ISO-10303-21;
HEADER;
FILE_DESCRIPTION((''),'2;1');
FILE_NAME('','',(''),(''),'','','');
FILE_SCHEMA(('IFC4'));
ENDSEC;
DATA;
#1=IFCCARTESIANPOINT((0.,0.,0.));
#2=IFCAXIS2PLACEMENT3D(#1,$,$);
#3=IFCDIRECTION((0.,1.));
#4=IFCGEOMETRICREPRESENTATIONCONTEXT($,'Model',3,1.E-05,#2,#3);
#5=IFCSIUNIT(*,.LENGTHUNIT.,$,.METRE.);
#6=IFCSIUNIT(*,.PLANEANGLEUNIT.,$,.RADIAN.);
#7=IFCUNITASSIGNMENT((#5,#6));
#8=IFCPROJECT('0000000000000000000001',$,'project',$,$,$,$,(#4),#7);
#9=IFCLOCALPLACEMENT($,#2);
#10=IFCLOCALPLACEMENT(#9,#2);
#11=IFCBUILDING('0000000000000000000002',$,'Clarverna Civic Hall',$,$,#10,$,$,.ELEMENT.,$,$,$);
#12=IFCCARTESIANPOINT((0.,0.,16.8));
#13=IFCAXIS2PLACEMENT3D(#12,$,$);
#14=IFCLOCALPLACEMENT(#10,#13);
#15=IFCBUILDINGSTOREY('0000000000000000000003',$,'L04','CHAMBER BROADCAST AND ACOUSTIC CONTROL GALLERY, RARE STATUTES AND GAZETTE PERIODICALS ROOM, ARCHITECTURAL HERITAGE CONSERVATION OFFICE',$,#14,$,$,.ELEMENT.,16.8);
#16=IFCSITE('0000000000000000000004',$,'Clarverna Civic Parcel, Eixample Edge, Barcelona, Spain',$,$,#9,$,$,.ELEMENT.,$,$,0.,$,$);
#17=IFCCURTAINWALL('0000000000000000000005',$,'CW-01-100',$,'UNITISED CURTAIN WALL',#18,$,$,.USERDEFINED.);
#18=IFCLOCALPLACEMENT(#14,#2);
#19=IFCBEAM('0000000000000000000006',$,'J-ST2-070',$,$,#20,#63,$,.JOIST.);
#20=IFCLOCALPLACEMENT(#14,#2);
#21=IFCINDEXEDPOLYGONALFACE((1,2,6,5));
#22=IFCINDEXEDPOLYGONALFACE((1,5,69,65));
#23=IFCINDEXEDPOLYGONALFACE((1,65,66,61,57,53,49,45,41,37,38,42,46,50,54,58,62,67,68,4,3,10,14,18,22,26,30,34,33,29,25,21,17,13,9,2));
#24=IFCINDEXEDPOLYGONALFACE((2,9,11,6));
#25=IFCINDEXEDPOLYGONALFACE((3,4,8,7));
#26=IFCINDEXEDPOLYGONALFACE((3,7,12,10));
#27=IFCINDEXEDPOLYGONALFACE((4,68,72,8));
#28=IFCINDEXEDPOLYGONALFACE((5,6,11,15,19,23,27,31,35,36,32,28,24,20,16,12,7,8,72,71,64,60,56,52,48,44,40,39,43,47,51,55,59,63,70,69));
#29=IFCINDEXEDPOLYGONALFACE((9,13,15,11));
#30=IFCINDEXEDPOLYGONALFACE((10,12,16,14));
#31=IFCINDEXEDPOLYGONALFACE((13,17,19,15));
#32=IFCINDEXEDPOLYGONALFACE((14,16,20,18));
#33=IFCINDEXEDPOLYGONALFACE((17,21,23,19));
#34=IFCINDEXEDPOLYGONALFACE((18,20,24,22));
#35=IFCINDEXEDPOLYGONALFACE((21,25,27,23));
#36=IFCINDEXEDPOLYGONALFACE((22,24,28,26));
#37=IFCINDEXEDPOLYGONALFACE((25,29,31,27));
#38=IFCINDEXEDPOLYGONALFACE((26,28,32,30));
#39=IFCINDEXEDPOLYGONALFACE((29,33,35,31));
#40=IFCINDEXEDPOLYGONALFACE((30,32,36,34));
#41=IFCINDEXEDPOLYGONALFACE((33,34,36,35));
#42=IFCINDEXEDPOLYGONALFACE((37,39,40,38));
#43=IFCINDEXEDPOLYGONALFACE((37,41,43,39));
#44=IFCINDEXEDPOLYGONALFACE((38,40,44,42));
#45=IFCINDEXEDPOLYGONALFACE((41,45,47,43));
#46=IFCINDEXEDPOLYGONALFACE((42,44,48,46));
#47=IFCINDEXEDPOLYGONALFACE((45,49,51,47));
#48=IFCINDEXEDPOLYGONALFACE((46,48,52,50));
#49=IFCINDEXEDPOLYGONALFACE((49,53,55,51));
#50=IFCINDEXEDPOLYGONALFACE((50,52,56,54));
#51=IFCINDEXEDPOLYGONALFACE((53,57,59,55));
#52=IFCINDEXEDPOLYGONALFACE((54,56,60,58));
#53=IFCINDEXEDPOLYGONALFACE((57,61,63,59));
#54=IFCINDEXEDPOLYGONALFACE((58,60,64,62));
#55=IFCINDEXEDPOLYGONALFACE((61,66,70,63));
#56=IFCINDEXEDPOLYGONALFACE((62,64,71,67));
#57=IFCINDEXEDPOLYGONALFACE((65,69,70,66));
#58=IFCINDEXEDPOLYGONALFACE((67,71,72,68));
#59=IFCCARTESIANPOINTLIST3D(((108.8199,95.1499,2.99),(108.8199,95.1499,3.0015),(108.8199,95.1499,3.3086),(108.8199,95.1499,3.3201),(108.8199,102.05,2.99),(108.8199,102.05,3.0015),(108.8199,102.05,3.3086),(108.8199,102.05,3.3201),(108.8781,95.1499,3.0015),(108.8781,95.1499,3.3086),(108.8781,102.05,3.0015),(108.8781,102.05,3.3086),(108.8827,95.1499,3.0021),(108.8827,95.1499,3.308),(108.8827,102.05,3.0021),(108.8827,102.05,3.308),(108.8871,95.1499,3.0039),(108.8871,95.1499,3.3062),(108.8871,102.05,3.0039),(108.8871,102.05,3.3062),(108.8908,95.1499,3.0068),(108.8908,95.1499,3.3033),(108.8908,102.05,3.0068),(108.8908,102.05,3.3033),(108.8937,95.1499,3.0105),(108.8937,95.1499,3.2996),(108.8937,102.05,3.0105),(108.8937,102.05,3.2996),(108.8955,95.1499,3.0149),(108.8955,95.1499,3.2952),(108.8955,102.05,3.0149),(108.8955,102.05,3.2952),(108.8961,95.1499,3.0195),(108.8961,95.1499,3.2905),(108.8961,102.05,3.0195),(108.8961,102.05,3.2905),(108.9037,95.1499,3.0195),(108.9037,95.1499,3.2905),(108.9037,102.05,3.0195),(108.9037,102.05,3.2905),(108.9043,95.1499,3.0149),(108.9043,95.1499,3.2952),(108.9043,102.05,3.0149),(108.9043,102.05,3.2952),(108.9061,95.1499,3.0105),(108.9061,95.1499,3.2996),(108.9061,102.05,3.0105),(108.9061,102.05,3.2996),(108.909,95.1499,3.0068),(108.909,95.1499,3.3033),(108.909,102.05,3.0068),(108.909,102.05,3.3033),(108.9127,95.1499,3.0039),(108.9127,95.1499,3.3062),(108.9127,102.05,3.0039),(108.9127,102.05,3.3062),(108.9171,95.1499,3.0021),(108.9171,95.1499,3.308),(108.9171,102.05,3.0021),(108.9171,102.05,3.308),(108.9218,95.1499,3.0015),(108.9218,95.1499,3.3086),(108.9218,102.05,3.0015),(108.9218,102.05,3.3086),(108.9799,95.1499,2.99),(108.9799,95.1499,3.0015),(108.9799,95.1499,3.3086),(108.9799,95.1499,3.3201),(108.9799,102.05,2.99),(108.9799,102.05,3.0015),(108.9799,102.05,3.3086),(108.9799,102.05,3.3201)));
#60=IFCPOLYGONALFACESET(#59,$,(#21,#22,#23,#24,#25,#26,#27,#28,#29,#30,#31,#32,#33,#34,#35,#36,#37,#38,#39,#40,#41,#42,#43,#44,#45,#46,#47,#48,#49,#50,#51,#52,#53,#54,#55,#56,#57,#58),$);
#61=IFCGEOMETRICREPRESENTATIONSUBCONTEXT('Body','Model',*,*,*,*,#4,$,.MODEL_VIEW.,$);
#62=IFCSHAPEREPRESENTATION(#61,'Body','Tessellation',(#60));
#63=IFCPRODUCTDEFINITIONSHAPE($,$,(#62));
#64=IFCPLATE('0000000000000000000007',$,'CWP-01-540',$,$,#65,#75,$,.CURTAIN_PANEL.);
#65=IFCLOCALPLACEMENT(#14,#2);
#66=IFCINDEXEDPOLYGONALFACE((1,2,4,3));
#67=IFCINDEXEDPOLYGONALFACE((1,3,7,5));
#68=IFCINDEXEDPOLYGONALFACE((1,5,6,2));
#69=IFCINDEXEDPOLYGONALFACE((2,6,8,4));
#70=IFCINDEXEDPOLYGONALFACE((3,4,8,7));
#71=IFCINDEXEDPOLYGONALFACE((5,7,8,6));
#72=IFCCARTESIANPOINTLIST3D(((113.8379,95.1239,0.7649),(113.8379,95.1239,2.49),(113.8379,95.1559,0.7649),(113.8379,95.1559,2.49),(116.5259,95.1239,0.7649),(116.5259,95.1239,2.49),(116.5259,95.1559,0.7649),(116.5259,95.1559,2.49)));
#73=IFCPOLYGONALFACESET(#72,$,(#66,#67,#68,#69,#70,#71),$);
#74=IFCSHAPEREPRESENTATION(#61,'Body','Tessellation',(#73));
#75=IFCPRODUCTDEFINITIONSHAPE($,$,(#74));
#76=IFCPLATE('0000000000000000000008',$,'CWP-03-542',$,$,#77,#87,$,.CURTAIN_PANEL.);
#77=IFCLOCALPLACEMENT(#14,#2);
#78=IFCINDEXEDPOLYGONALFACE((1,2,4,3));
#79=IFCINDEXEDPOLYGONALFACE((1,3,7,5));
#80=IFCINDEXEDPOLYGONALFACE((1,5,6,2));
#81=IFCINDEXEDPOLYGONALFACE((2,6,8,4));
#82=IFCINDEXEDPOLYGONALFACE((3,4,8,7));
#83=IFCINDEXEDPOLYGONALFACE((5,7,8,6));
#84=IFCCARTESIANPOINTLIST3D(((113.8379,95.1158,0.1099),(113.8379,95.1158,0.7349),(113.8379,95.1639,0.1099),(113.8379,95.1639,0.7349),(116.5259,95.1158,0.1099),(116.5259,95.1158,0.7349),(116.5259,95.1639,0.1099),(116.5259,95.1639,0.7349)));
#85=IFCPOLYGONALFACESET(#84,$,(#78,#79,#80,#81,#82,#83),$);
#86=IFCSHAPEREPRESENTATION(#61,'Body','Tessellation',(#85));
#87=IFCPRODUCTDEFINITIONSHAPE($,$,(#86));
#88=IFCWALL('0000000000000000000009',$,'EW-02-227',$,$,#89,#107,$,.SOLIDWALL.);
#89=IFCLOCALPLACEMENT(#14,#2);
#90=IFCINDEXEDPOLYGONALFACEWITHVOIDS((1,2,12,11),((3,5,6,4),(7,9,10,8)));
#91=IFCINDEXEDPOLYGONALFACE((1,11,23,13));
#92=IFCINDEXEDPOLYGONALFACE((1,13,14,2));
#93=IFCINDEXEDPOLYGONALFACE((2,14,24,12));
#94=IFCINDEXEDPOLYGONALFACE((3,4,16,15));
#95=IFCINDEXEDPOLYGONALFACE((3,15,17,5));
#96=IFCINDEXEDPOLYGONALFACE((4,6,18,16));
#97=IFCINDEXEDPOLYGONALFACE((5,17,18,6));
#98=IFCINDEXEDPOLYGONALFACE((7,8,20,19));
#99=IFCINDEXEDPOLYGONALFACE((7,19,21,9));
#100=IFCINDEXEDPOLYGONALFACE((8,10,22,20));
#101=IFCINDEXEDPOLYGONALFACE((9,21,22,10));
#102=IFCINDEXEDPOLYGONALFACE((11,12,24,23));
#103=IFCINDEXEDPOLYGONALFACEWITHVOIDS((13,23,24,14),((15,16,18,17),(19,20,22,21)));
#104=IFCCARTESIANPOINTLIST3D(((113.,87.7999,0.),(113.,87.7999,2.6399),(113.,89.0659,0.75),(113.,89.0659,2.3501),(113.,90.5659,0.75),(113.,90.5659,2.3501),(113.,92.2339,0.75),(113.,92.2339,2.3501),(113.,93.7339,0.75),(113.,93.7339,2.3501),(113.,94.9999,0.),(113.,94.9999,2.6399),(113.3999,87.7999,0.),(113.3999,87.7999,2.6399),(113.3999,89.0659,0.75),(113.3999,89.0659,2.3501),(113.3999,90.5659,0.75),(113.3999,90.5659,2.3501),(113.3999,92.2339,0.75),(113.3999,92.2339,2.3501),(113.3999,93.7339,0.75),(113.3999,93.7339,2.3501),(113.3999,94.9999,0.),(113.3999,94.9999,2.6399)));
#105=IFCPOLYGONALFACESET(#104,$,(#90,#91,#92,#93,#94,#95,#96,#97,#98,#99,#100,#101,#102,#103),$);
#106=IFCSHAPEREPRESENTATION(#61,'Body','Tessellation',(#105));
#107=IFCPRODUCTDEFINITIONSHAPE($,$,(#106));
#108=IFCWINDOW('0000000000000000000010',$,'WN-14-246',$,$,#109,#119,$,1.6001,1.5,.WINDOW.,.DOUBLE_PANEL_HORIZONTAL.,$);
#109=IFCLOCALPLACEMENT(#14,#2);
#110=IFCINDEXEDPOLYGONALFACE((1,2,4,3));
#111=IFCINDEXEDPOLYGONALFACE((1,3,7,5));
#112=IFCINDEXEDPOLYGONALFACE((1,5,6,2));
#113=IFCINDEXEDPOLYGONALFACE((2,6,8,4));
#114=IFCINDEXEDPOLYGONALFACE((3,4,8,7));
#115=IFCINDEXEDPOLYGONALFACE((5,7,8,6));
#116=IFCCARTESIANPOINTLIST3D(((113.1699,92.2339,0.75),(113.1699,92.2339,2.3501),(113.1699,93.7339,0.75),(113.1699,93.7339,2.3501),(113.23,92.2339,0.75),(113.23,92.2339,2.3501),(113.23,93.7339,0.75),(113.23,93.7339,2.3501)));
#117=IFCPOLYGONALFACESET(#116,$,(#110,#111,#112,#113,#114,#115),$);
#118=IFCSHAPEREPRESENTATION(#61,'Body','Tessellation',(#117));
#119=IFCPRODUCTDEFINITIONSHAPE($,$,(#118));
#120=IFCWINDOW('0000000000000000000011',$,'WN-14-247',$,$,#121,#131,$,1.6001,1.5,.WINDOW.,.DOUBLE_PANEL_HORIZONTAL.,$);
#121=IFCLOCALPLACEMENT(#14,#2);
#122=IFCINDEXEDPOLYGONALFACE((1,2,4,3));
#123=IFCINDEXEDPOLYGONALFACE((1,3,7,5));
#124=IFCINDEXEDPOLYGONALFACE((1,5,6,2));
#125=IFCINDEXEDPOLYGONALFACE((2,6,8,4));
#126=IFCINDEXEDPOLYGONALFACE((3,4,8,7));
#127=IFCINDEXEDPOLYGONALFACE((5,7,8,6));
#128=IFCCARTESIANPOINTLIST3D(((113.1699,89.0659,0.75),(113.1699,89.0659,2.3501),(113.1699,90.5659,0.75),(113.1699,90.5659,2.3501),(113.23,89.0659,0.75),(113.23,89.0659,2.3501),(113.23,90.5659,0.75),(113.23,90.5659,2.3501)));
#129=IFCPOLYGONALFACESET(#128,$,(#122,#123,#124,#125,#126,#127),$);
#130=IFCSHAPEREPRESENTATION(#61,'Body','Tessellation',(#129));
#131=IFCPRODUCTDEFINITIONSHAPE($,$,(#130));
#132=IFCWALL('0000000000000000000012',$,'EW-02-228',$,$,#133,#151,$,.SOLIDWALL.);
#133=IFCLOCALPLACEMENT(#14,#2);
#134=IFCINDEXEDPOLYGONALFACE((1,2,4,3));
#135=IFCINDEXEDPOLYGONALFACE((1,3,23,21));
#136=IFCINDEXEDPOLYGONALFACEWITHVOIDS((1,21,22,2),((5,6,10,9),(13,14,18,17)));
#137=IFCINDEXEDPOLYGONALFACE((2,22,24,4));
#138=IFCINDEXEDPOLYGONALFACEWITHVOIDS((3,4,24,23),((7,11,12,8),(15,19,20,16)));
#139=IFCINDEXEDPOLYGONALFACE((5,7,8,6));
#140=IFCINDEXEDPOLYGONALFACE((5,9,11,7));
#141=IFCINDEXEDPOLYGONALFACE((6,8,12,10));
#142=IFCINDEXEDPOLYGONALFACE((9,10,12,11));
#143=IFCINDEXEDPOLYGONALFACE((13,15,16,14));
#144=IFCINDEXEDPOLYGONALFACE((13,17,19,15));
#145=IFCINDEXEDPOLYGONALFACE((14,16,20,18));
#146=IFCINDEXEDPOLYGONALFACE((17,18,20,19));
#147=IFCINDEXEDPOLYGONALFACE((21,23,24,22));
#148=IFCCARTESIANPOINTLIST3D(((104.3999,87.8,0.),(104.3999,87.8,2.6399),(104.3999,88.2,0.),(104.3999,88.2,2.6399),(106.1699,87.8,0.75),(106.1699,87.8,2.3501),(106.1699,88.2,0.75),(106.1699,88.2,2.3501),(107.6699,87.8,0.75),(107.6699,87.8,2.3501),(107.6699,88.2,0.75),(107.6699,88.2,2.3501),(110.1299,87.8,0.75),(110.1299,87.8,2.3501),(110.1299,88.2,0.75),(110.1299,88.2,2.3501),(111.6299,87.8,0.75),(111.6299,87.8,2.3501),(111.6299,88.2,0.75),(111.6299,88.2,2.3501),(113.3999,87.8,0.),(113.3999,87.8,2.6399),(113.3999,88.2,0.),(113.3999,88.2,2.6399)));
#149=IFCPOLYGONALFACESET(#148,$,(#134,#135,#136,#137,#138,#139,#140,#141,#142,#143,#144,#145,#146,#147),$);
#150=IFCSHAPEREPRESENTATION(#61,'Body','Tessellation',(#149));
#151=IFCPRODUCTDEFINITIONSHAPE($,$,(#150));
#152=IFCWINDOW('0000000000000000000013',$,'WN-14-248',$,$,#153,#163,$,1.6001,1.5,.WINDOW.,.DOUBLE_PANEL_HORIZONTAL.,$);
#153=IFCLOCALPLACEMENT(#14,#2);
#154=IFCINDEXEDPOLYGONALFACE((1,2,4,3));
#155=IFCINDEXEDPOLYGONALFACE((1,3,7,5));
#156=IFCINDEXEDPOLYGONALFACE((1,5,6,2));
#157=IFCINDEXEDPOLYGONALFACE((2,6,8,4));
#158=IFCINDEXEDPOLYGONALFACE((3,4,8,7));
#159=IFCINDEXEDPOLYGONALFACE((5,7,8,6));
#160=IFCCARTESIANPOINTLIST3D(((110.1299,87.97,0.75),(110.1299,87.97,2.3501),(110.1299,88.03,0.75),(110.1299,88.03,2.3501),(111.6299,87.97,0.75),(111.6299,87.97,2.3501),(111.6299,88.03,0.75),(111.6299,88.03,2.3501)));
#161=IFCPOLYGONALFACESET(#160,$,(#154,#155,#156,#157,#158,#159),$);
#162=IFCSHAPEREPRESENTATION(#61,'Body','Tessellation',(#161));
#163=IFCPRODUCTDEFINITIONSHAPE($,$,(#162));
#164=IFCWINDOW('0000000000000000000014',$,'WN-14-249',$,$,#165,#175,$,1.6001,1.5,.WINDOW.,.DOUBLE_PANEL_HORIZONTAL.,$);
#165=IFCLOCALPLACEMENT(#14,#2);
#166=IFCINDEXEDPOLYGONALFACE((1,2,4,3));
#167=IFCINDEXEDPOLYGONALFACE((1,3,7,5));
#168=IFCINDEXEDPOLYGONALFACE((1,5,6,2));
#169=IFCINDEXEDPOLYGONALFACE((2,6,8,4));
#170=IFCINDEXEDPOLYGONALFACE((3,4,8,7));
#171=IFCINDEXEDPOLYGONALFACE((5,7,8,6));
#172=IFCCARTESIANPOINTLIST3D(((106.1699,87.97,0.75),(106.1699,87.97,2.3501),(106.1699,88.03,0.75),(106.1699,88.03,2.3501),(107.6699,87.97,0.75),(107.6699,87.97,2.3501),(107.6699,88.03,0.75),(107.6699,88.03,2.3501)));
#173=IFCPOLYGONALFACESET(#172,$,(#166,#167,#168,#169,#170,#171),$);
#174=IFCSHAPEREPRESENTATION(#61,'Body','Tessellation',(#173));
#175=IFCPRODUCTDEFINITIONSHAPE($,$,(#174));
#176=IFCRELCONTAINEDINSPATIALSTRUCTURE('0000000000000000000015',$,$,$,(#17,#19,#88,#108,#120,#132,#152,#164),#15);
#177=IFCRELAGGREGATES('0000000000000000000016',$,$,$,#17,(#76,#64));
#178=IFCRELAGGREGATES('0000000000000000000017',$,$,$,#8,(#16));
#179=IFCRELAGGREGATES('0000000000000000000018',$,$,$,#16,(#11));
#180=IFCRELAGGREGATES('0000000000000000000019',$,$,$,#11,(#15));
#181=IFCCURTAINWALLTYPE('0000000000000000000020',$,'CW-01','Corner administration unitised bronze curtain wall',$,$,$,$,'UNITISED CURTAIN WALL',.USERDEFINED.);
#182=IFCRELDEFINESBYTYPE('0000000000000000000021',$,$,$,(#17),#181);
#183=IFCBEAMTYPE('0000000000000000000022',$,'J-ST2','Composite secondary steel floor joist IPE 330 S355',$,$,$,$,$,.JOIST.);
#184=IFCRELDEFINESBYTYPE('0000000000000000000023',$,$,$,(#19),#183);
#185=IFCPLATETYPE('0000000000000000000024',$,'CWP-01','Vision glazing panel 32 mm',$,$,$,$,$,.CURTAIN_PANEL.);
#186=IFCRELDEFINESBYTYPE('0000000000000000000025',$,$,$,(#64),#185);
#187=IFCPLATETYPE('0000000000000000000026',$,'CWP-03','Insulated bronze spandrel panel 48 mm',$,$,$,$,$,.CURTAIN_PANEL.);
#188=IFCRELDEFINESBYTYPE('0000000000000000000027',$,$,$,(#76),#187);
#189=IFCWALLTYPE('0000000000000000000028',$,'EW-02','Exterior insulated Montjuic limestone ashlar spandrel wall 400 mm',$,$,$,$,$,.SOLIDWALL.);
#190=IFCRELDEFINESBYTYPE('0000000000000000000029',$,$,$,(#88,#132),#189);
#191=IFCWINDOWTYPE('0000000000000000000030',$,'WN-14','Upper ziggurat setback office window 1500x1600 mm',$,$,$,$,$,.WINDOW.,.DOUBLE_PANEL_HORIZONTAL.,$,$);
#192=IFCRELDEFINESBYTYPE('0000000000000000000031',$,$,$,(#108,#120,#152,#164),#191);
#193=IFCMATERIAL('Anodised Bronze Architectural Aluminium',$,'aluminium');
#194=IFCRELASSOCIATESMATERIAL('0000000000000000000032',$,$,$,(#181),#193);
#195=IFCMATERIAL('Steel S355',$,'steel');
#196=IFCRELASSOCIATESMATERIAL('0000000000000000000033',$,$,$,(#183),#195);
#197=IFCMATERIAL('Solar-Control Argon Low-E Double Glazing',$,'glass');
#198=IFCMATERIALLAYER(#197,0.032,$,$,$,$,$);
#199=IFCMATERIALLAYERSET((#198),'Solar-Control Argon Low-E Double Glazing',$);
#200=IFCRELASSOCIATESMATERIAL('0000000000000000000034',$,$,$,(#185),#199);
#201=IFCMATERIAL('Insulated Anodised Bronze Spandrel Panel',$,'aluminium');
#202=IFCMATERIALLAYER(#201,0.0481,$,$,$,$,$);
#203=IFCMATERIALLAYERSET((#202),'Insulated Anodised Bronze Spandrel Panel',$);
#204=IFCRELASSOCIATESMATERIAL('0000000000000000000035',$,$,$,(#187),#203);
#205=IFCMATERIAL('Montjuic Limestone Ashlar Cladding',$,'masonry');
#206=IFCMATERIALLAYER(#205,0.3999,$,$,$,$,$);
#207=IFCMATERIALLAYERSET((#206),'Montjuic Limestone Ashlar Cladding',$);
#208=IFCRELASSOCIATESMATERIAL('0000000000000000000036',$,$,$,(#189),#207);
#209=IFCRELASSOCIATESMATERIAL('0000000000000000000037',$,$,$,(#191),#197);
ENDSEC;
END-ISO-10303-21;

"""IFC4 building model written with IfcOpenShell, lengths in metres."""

from ifc_helpers import new_model, si_unit, direction, frame, frame_2d, origin, origin_2d, place, context, subcontext, project, spatial, rectangle, i_section, extrude, material, layer, layer_set, material_profile, profile_set, type_object, element, fill, aggregate, save


model = new_model("IFC4")

# Units and contexts
model_context = context("Model", 3, precision=1e-05, world=origin(), true_north=direction((0.0, 1.0)))
body_context = subcontext(model_context, "Body", "Model", "MODEL_VIEW")
ifc_project = project(units=[si_unit("LENGTHUNIT", "METRE"), si_unit("PLANEANGLEUNIT", "RADIAN")], contexts=[model_context])

# Site, building, storey
site_placement = place(None, origin())
site = spatial("IfcSite", under=ifc_project, at=site_placement, Name="Clarverna Civic Parcel, Eixample Edge, Barcelona, Spain", CompositionType="ELEMENT", RefElevation=0.0)
building_placement = place(site_placement, origin())
building = spatial("IfcBuilding", under=site, at=building_placement, Name="Clarverna Civic Hall", CompositionType="ELEMENT")
storey_placement = place(building_placement, frame((0.0, 0.0, 16.8)))
storey = spatial("IfcBuildingStorey", under=building, at=storey_placement, Name="L04", Description="CHAMBER BROADCAST AND ACOUSTIC CONTROL GALLERY, RARE STATUTES AND GAZETTE PERIODICALS ROOM, ARCHITECTURAL HERITAGE CONSERVATION OFFICE", CompositionType="ELEMENT", Elevation=16.8)

# Shared definitions
ifc_material_1 = material(Name="Steel S355", Category="steel")

# Curtain wall
ifc_material_2 = material(Name="Anodised Bronze Architectural Aluminium", Category="aluminium")
curtain_wall_type = type_object("IfcCurtainWallType", Name="CW-01", Description="Corner administration unitised bronze curtain wall", ElementType="UNITISED CURTAIN WALL", PredefinedType="USERDEFINED", material=ifc_material_2)
curtain_wall_placement = place(storey_placement, origin())
curtain_wall = element("IfcCurtainWall", 1, at=curtain_wall_placement, inside=storey, type_object=curtain_wall_type, Name="CW-01-100", ObjectType="UNITISED CURTAIN WALL", PredefinedType="USERDEFINED")

# Beam
ifc_material_profile_1 = material_profile(ifc_material_1, i_section(OverallWidth=0.1599, OverallDepth=0.3301, WebThickness=0.0076, FlangeThickness=0.0115, FilletRadius=0.0181, at=origin_2d()), Name="IPE 330")
ifc_profile_set_1 = profile_set([ifc_material_profile_1], Name="Steel S355")
beam_type_1 = type_object("IfcBeamType", Name="J-ST2", Description="Composite secondary steel floor joist IPE 330 S355", PredefinedType="JOIST", material=ifc_profile_set_1)
beam_1_placement = place(storey_placement, frame((108.8999, 95.1499, 3.155), z_axis=(0.0, 1.0, 0.0), x_axis=(-1.0, 0.0, 0.0)))
element("IfcBeam", 2, at=beam_1_placement, inside=storey, type_object=beam_type_1, Name="J-ST2-070", PredefinedType="JOIST", context=body_context, shape_type="SweptSolid", body=[
    extrude(i_section(OverallWidth=0.1599, OverallDepth=0.3301, WebThickness=0.0076, FlangeThickness=0.0115, FilletRadius=0.0181, at=origin_2d()), origin(), (0.0, 0.0, 1.0), 6.9001),
])

# Plates
ifc_material_3 = material(Name="Solar-Control Argon Low-E Double Glazing", Category="glass")
ifc_layer_1 = layer(ifc_material_3, 0.032)
ifc_layer_set_1 = layer_set([ifc_layer_1], Name="Solar-Control Argon Low-E Double Glazing")
plate_type_1 = type_object("IfcPlateType", Name="CWP-01", Description="Vision glazing panel 32 mm", PredefinedType="CURTAIN_PANEL", material=ifc_layer_set_1)
plate_1_placement = place(storey_placement, frame((116.5259, 95.1399, 0.7649), z_axis=(0.0, 0.0, 1.0), x_axis=(-1.0, 0.0, 0.0)))
plate_1 = element("IfcPlate", 3, at=plate_1_placement, type_object=plate_type_1, Name="CWP-01-540", PredefinedType="CURTAIN_PANEL", context=body_context, shape_type="SweptSolid", body=[
    extrude(rectangle(XDim=2.688, YDim=0.032, at=frame_2d((1.344, 0.0))), origin(), (0.0, 0.0, 1.0), 1.7251),
])
ifc_material_4 = material(Name="Insulated Anodised Bronze Spandrel Panel", Category="aluminium")
ifc_layer_2 = layer(ifc_material_4, 0.0481)
ifc_layer_set_2 = layer_set([ifc_layer_2], Name="Insulated Anodised Bronze Spandrel Panel")
plate_type_2 = type_object("IfcPlateType", Name="CWP-03", Description="Insulated bronze spandrel panel 48 mm", PredefinedType="CURTAIN_PANEL", material=ifc_layer_set_2)
plate_2_placement = place(storey_placement, frame((116.5259, 95.1399, 0.1099), z_axis=(0.0, 0.0, 1.0), x_axis=(-1.0, 0.0, 0.0)))
plate_2 = element("IfcPlate", 4, at=plate_2_placement, type_object=plate_type_2, Name="CWP-03-542", PredefinedType="CURTAIN_PANEL", context=body_context, shape_type="SweptSolid", body=[
    extrude(rectangle(XDim=2.688, YDim=0.0481, at=frame_2d((1.344, 0.0))), origin(), (0.0, 0.0, 1.0), 0.625),
])
aggregate(curtain_wall, [plate_2, plate_1])

# Walls, openings, windows
ifc_material_5 = material(Name="Montjuic Limestone Ashlar Cladding", Category="masonry")
ifc_layer_3 = layer(ifc_material_5, 0.3999)
ifc_layer_set_3 = layer_set([ifc_layer_3], Name="Montjuic Limestone Ashlar Cladding")
wall_type = type_object("IfcWallType", Name="EW-02", Description="Exterior insulated Montjuic limestone ashlar spandrel wall 400 mm", PredefinedType="SOLIDWALL", material=ifc_layer_set_3)
wall_1_placement = place(storey_placement, frame((113.2, 95.0, 0.0), z_axis=(0.0, 0.0, 1.0), x_axis=(0.0, -1.0, 0.0)))
wall_1 = element("IfcWall", 5, at=wall_1_placement, inside=storey, type_object=wall_type, Name="EW-02-227", PredefinedType="SOLIDWALL", context=body_context, shape_type="SweptSolid", body=[
    extrude(rectangle(XDim=7.2, YDim=0.3999, at=frame_2d((3.6001, 0.0))), origin(), (0.0, 0.0, 1.0), 2.6399),
])
opening_1_placement = place(wall_1_placement, frame((1.2661, 0.0, 0.75)))
opening_1 = element("IfcOpeningElement", 6, at=opening_1_placement, cuts=wall_1, PredefinedType="OPENING", context=body_context, shape_type="SweptSolid", body=[
    extrude(rectangle(XDim=1.5, YDim=1.6001, at=frame_2d((0.75, 0.8))), frame((0.0, 0.21, 0.0), z_axis=(0.0, -1.0, 0.0), x_axis=(1.0, 0.0, 0.0)), (0.0, 0.0, 1.0), 0.4199),
])
opening_2_placement = place(wall_1_placement, frame((4.4341, 0.0, 0.75)))
opening_2 = element("IfcOpeningElement", 7, at=opening_2_placement, cuts=wall_1, PredefinedType="OPENING", context=body_context, shape_type="SweptSolid", body=[
    extrude(rectangle(XDim=1.5, YDim=1.6001, at=frame_2d((0.75, 0.8))), frame((0.0, 0.21, 0.0), z_axis=(0.0, -1.0, 0.0), x_axis=(1.0, 0.0, 0.0)), (0.0, 0.0, 1.0), 0.4199),
])
window_type = type_object("IfcWindowType", Name="WN-14", Description="Upper ziggurat setback office window 1500x1600 mm", PartitioningType="DOUBLE_PANEL_HORIZONTAL", PredefinedType="WINDOW", material=ifc_material_3)
window_1_placement = place(opening_1_placement, origin())
window_1 = element("IfcWindow", 8, at=window_1_placement, inside=storey, type_object=window_type, Name="WN-14-246", OverallHeight=1.6001, OverallWidth=1.5, PartitioningType="DOUBLE_PANEL_HORIZONTAL", PredefinedType="WINDOW", context=body_context, shape_type="SweptSolid", body=[
    extrude(rectangle(XDim=1.5, YDim=1.6001, at=frame_2d((0.75, 0.8))), frame((0.0, 0.03, 0.0), z_axis=(0.0, -1.0, 0.0), x_axis=(1.0, 0.0, 0.0)), (0.0, 0.0, 1.0), 0.0601),
])
fill(opening_1, window_1)
window_2_placement = place(opening_2_placement, origin())
window_2 = element("IfcWindow", 9, at=window_2_placement, inside=storey, type_object=window_type, Name="WN-14-247", OverallHeight=1.6001, OverallWidth=1.5, PartitioningType="DOUBLE_PANEL_HORIZONTAL", PredefinedType="WINDOW", context=body_context, shape_type="SweptSolid", body=[
    extrude(rectangle(XDim=1.5, YDim=1.6001, at=frame_2d((0.75, 0.8))), frame((0.0, 0.03, 0.0), z_axis=(0.0, -1.0, 0.0), x_axis=(1.0, 0.0, 0.0)), (0.0, 0.0, 1.0), 0.0601),
])
fill(opening_2, window_2)
wall_2_placement = place(storey_placement, frame((113.3999, 88.0, 0.0), z_axis=(0.0, 0.0, 1.0), x_axis=(-1.0, 0.0, 0.0)))
wall_2 = element("IfcWall", 10, at=wall_2_placement, inside=storey, type_object=wall_type, Name="EW-02-228", PredefinedType="SOLIDWALL", context=body_context, shape_type="SweptSolid", body=[
    extrude(rectangle(XDim=9.0, YDim=0.3999, at=frame_2d((4.5, 0.0))), origin(), (0.0, 0.0, 1.0), 2.6399),
])
opening_3_placement = place(wall_2_placement, frame((1.77, 0.0, 0.75)))
opening_3 = element("IfcOpeningElement", 11, at=opening_3_placement, cuts=wall_2, PredefinedType="OPENING", context=body_context, shape_type="SweptSolid", body=[
    extrude(rectangle(XDim=1.5, YDim=1.6001, at=frame_2d((0.75, 0.8))), frame((0.0, 0.21, 0.0), z_axis=(0.0, -1.0, 0.0), x_axis=(1.0, 0.0, 0.0)), (0.0, 0.0, 1.0), 0.4199),
])
opening_4_placement = place(wall_2_placement, frame((5.73, 0.0, 0.75)))
opening_4 = element("IfcOpeningElement", 12, at=opening_4_placement, cuts=wall_2, PredefinedType="OPENING", context=body_context, shape_type="SweptSolid", body=[
    extrude(rectangle(XDim=1.5, YDim=1.6001, at=frame_2d((0.75, 0.8))), frame((0.0, 0.21, 0.0), z_axis=(0.0, -1.0, 0.0), x_axis=(1.0, 0.0, 0.0)), (0.0, 0.0, 1.0), 0.4199),
])
window_3_placement = place(opening_3_placement, origin())
window_3 = element("IfcWindow", 13, at=window_3_placement, inside=storey, type_object=window_type, Name="WN-14-248", OverallHeight=1.6001, OverallWidth=1.5, PartitioningType="DOUBLE_PANEL_HORIZONTAL", PredefinedType="WINDOW", context=body_context, shape_type="SweptSolid", body=[
    extrude(rectangle(XDim=1.5, YDim=1.6001, at=frame_2d((0.75, 0.8))), frame((0.0, 0.03, 0.0), z_axis=(0.0, -1.0, 0.0), x_axis=(1.0, 0.0, 0.0)), (0.0, 0.0, 1.0), 0.0601),
])
fill(opening_3, window_3)
window_4_placement = place(opening_4_placement, origin())
window_4 = element("IfcWindow", 14, at=window_4_placement, inside=storey, type_object=window_type, Name="WN-14-249", OverallHeight=1.6001, OverallWidth=1.5, PartitioningType="DOUBLE_PANEL_HORIZONTAL", PredefinedType="WINDOW", context=body_context, shape_type="SweptSolid", body=[
    extrude(rectangle(XDim=1.5, YDim=1.6001, at=frame_2d((0.75, 0.8))), frame((0.0, 0.03, 0.0), z_axis=(0.0, -1.0, 0.0), x_axis=(1.0, 0.0, 0.0)), (0.0, 0.0, 1.0), 0.0601),
])
fill(opening_4, window_4)

save(model, "model.ifc")
